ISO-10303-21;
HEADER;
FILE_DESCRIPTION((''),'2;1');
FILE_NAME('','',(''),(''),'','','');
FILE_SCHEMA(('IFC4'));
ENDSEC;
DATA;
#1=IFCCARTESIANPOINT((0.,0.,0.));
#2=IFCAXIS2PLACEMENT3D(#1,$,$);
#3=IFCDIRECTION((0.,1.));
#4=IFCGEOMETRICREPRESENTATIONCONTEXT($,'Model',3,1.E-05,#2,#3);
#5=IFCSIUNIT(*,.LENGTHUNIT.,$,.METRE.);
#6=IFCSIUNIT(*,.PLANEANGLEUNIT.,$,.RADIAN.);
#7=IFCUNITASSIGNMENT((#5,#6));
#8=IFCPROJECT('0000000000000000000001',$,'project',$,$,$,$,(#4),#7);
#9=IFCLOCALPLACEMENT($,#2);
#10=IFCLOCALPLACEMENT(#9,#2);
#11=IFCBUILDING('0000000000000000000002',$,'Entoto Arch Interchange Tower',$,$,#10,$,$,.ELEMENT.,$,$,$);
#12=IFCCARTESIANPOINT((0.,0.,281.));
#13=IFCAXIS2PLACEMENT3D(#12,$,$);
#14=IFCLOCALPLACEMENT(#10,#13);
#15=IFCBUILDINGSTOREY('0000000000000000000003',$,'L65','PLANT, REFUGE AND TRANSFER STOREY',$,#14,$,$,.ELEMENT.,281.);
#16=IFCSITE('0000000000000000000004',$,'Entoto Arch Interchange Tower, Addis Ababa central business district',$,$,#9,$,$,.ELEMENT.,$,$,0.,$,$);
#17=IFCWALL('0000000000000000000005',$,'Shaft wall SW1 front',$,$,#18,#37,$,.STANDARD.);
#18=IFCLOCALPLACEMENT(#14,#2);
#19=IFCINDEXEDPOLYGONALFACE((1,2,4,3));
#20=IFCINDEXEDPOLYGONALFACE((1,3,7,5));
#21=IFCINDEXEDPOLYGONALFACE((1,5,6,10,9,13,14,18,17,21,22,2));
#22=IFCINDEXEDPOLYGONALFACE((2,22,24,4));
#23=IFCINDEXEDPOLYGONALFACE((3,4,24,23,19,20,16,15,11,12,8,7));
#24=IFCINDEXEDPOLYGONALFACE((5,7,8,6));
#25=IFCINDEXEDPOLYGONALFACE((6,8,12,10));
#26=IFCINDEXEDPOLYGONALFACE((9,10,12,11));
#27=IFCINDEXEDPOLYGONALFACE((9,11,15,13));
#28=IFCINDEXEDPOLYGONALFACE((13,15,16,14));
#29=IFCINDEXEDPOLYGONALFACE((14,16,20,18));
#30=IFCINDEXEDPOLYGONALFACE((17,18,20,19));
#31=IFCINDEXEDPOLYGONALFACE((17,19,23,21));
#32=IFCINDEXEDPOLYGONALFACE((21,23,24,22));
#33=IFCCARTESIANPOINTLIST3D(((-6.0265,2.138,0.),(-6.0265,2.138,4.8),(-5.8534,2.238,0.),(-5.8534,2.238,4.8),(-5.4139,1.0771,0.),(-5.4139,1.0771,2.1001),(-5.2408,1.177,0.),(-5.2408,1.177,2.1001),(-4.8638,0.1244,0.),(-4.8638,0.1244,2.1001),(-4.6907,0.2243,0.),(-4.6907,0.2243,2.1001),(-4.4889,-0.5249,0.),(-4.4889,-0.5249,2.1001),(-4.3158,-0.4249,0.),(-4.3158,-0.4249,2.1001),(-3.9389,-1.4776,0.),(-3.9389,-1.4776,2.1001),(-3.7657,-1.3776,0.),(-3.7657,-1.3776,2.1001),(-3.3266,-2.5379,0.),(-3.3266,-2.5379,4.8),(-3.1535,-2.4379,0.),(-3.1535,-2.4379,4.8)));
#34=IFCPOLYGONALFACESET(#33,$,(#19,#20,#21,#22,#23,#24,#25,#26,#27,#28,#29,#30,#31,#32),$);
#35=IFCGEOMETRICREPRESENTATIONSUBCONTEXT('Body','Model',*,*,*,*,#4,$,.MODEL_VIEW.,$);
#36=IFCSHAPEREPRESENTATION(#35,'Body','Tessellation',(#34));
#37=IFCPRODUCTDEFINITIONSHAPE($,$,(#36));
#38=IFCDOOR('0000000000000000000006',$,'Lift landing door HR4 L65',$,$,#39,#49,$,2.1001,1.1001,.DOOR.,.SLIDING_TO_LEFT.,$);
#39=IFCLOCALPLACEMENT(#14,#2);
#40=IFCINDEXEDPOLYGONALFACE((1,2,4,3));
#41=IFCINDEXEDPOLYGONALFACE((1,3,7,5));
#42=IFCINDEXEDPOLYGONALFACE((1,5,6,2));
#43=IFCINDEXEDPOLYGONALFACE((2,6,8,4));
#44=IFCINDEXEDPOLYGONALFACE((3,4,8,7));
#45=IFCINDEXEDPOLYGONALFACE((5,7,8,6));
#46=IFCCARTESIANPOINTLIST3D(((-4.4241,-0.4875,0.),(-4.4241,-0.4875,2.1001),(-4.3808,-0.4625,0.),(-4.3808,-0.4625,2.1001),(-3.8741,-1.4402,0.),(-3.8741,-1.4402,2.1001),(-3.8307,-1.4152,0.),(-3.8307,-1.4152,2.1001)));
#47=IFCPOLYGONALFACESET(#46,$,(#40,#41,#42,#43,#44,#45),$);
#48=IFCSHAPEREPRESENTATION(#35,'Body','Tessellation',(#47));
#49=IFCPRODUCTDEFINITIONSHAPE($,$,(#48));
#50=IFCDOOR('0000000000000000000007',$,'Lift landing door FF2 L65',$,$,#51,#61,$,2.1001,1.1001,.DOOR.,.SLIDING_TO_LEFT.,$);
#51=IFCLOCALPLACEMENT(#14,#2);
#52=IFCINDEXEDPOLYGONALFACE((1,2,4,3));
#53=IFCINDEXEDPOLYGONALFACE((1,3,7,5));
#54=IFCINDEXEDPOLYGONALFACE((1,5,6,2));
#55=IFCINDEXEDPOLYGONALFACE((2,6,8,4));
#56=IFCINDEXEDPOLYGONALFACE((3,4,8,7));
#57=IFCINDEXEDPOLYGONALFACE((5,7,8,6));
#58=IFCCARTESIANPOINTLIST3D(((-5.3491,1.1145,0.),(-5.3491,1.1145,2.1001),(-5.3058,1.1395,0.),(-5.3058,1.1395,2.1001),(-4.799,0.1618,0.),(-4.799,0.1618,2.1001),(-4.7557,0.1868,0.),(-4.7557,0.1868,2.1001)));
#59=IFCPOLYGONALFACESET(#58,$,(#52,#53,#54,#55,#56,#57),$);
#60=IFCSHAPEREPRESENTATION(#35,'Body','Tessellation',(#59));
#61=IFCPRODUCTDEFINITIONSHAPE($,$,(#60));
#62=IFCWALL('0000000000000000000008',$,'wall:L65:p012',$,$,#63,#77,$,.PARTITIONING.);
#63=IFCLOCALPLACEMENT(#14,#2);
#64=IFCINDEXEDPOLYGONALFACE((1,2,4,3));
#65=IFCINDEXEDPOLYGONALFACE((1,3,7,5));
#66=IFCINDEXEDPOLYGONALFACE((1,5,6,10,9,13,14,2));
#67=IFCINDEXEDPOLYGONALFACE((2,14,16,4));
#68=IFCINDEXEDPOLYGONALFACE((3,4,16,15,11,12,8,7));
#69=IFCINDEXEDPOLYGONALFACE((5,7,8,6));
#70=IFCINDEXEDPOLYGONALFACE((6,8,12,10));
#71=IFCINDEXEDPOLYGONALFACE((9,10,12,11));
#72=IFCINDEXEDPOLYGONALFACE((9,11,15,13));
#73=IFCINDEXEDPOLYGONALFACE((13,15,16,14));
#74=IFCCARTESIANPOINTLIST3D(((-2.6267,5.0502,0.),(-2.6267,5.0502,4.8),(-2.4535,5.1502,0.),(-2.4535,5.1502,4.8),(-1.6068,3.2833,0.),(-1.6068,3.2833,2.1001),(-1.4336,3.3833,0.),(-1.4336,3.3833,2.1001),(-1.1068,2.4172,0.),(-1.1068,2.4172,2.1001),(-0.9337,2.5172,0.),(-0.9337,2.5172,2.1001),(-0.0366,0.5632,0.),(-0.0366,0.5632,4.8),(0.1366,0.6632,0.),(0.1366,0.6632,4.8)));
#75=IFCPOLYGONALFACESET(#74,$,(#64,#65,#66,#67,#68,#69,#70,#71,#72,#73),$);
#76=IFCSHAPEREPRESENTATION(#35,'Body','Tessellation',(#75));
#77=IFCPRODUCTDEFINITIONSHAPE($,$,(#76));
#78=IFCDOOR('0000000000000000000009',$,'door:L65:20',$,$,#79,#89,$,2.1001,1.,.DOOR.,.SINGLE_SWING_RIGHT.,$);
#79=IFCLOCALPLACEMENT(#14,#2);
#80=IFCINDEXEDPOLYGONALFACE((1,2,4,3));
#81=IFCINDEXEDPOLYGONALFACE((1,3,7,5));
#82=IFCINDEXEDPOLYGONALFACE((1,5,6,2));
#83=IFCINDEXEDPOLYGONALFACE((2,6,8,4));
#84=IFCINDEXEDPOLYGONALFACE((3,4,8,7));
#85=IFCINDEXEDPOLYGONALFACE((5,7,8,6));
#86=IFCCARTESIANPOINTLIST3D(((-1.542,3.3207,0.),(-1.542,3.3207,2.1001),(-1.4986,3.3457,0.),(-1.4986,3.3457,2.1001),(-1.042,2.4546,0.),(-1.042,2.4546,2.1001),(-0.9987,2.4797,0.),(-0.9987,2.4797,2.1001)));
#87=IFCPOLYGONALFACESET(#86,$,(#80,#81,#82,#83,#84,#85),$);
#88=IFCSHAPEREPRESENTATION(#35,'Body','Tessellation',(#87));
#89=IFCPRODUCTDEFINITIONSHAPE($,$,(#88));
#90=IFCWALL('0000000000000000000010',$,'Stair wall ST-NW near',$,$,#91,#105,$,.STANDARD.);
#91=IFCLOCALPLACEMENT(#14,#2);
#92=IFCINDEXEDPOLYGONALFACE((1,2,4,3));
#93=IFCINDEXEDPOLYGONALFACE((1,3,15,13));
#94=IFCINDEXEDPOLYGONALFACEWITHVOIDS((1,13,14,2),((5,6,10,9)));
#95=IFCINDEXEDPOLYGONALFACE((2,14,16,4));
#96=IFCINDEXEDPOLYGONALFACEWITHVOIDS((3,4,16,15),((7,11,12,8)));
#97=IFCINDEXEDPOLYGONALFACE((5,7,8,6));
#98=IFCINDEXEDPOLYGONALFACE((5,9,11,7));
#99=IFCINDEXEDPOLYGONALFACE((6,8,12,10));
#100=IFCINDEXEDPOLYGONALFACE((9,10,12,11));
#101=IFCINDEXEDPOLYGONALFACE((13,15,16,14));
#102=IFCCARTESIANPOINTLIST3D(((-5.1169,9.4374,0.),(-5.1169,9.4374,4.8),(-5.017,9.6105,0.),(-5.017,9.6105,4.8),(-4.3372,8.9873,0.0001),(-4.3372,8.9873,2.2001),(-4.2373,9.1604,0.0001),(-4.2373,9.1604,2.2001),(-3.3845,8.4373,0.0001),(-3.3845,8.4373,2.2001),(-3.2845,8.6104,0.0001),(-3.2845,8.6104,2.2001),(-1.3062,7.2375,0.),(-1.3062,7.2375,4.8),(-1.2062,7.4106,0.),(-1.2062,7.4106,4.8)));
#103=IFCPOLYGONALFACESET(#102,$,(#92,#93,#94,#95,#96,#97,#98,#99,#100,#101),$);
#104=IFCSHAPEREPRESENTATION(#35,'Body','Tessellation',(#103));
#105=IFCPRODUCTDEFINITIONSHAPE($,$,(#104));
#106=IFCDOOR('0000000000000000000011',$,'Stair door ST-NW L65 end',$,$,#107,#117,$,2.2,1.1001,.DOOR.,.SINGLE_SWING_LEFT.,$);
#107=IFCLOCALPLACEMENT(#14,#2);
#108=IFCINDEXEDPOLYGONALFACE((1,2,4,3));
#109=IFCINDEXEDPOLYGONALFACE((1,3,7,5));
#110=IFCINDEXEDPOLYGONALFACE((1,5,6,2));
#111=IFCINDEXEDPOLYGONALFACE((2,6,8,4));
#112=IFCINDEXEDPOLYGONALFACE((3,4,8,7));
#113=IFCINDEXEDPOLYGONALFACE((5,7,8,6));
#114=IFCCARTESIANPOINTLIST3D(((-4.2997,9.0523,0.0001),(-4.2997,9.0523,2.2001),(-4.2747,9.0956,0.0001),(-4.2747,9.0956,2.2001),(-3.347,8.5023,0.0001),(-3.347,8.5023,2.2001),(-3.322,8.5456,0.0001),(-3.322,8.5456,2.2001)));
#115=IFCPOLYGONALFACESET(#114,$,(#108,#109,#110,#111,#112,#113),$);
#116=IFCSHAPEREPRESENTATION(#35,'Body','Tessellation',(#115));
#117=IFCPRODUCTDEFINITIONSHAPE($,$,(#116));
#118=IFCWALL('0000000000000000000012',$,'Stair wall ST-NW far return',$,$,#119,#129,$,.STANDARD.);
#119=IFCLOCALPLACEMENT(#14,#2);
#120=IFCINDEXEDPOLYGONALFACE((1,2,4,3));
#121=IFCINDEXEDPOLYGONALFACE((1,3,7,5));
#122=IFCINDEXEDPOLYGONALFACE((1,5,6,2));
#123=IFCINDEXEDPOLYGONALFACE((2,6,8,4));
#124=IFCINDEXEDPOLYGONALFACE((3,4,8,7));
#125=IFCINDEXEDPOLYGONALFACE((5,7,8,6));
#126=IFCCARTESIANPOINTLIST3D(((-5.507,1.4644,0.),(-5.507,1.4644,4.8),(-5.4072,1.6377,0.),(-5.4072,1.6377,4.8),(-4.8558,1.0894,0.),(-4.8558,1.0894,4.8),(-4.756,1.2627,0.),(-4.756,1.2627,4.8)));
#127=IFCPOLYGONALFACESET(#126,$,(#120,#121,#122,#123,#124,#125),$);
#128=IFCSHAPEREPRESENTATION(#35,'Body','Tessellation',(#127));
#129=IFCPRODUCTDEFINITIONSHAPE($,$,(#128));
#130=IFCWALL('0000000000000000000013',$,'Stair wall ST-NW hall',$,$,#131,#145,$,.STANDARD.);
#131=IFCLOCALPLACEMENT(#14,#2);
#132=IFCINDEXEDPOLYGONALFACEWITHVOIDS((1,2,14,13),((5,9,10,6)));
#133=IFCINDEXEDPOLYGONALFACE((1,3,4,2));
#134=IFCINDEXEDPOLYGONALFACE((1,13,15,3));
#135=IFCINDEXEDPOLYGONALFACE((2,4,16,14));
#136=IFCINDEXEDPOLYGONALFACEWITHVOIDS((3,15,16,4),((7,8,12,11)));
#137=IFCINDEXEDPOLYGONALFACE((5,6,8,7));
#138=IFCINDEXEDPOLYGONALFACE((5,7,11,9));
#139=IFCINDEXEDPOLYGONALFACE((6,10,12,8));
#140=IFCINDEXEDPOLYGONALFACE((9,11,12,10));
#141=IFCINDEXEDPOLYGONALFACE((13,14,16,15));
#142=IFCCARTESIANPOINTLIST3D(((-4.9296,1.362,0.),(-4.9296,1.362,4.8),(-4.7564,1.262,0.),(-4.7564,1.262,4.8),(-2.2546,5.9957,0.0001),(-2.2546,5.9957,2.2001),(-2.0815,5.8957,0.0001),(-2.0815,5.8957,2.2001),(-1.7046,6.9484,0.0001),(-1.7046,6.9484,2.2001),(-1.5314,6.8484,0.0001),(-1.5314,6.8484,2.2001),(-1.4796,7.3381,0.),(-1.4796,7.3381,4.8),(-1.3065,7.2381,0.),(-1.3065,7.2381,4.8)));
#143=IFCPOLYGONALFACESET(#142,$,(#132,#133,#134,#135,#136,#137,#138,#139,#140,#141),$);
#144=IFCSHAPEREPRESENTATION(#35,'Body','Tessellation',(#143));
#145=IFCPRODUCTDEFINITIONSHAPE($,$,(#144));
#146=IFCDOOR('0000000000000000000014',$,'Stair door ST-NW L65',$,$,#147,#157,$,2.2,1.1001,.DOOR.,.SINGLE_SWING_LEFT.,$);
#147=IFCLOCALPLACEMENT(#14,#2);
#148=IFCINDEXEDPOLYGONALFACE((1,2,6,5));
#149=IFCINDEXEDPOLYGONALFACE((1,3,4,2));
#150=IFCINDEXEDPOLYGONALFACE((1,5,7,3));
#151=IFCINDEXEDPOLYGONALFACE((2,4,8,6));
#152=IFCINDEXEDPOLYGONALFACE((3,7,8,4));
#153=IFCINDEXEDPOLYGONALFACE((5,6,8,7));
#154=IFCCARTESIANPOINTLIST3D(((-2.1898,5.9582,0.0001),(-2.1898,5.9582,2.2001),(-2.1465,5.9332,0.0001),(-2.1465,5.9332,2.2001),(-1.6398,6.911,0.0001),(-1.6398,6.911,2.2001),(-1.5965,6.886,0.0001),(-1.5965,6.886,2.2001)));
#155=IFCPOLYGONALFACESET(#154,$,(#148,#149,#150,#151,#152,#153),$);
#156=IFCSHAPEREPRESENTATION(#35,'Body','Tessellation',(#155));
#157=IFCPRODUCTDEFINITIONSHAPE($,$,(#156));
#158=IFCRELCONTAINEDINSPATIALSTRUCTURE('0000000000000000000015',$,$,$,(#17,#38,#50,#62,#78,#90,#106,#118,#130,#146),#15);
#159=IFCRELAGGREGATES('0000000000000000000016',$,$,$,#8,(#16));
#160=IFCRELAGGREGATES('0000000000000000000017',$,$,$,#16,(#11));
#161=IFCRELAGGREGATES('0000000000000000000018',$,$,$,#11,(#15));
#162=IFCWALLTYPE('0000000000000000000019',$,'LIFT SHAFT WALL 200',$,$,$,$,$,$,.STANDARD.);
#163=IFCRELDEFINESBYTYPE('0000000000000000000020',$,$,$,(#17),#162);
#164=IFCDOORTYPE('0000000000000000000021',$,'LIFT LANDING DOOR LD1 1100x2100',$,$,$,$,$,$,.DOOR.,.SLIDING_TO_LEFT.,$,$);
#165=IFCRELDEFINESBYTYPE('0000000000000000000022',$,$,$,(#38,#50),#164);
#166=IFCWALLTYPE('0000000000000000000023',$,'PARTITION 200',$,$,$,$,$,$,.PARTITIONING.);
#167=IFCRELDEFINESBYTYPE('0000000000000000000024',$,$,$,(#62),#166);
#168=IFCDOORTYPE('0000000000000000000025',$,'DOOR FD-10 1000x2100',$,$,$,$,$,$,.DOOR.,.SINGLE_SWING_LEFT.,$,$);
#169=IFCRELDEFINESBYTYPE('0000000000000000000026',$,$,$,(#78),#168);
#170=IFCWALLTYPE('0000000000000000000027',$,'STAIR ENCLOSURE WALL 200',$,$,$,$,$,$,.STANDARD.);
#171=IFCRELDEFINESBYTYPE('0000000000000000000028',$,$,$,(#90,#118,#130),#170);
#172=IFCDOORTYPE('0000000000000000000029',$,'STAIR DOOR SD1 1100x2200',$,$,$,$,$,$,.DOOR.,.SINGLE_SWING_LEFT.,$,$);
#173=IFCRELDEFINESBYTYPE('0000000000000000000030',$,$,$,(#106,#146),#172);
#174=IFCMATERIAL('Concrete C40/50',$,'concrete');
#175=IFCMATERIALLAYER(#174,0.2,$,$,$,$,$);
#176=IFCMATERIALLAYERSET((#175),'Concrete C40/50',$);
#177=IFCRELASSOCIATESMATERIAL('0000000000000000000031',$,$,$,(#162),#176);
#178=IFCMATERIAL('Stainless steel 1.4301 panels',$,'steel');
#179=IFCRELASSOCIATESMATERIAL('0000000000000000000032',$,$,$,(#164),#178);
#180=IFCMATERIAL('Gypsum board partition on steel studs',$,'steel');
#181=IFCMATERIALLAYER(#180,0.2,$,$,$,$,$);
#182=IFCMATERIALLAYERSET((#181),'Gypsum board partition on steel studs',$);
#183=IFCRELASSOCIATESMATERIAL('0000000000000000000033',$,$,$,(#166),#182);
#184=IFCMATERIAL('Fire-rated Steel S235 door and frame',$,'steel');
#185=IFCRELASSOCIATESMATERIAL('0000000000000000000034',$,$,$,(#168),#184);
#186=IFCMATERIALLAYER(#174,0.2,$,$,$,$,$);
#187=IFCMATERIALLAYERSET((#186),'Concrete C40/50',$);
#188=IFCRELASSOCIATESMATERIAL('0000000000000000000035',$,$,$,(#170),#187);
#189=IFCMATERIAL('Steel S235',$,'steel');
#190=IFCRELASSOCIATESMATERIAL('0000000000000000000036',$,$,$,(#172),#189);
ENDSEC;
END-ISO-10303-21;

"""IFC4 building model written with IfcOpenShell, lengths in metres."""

from ifc_helpers import new_model, si_unit, direction, frame, frame_2d, origin, place, context, subcontext, project, spatial, rectangle, extrude, material, layer, layer_set, type_object, element, fill, save


model = new_model("IFC4")

# Units and contexts
model_context = context("Model", 3, precision=1e-05, world=origin(), true_north=direction((0.0, 1.0)))
body_context = subcontext(model_context, "Body", "Model", "MODEL_VIEW")
ifc_project = project(units=[si_unit("LENGTHUNIT", "METRE"), si_unit("PLANEANGLEUNIT", "RADIAN")], contexts=[model_context])

# Site, building, storey
site_placement = place(None, origin())
site = spatial("IfcSite", under=ifc_project, at=site_placement, Name="Entoto Arch Interchange Tower, Addis Ababa central business district", CompositionType="ELEMENT", RefElevation=0.0)
building_placement = place(site_placement, origin())
building = spatial("IfcBuilding", under=site, at=building_placement, Name="Entoto Arch Interchange Tower", CompositionType="ELEMENT")
storey_placement = place(building_placement, frame((0.0, 0.0, 281.0)))
storey = spatial("IfcBuildingStorey", under=building, at=storey_placement, Name="L65", Description="PLANT, REFUGE AND TRANSFER STOREY", CompositionType="ELEMENT", Elevation=281.0)

# Wall, openings, doors
ifc_material_1 = material(Name="Concrete C40/50", Category="concrete")
ifc_layer_1 = layer(ifc_material_1, 0.2)
ifc_layer_set_1 = layer_set([ifc_layer_1], Name="Concrete C40/50")
wall_type_1 = type_object("IfcWallType", Name="LIFT SHAFT WALL 200", PredefinedType="STANDARD", material=ifc_layer_set_1)
wall_1_placement = place(storey_placement, frame((-5.9399, 2.188, 0.0), z_axis=(0.0, 0.0, 1.0), x_axis=(0.500034, -0.866006, 0.0)))
wall_1 = element("IfcWall", 1, at=wall_1_placement, inside=storey, type_object=wall_type_1, Name="Shaft wall SW1 front", PredefinedType="STANDARD", context=body_context, shape_type="SweptSolid", body=[
    extrude(rectangle(XDim=5.3994, YDim=0.2, at=frame_2d((2.6997, 0.0))), origin(), (0.0, 0.0, 1.0), 4.8),
])
opening_1_placement = place(wall_1_placement, frame((3.075, 0.0, 0.0)))
opening_1 = element("IfcOpeningElement", 2, at=opening_1_placement, cuts=wall_1, PredefinedType="OPENING", context=body_context, shape_type="SweptSolid", body=[
    extrude(rectangle(XDim=1.1001, YDim=2.1001, at=frame_2d((0.55, 1.05))), frame((0.0, 0.1099, 0.0), z_axis=(0.0, -1.0, 0.0), x_axis=(1.0, 0.0, 0.0)), (0.0, 0.0, 1.0), 0.22),
])
opening_2_placement = place(wall_1_placement, frame((1.2251, 0.0, 0.0)))
opening_2 = element("IfcOpeningElement", 3, at=opening_2_placement, cuts=wall_1, PredefinedType="OPENING", context=body_context, shape_type="SweptSolid", body=[
    extrude(rectangle(XDim=1.1001, YDim=2.1001, at=frame_2d((0.55, 1.05))), frame((0.0, 0.1099, 0.0), z_axis=(0.0, -1.0, 0.0), x_axis=(1.0, 0.0, 0.0)), (0.0, 0.0, 1.0), 0.22),
])
ifc_material_2 = material(Name="Stainless steel 1.4301 panels", Category="steel")
door_type_1 = type_object("IfcDoorType", Name="LIFT LANDING DOOR LD1 1100x2100", OperationType="SLIDING_TO_LEFT", PredefinedType="DOOR", material=ifc_material_2)
door_1_placement = place(opening_1_placement, origin())
door_1 = element("IfcDoor", 4, at=door_1_placement, inside=storey, type_object=door_type_1, Name="Lift landing door HR4 L65", OperationType="SLIDING_TO_LEFT", OverallHeight=2.1001, OverallWidth=1.1001, PredefinedType="DOOR", context=body_context, shape_type="SweptSolid", body=[
    extrude(rectangle(XDim=1.1001, YDim=2.1001, at=frame_2d((0.55, 1.05))), frame((0.0, 0.0249, 0.0), z_axis=(0.0, -1.0, 0.0), x_axis=(1.0, 0.0, 0.0)), (0.0, 0.0, 1.0), 0.05),
])
fill(opening_1, door_1)
door_2_placement = place(opening_2_placement, origin())
door_2 = element("IfcDoor", 5, at=door_2_placement, inside=storey, type_object=door_type_1, Name="Lift landing door FF2 L65", OperationType="SLIDING_TO_LEFT", OverallHeight=2.1001, OverallWidth=1.1001, PredefinedType="DOOR", context=body_context, shape_type="SweptSolid", body=[
    extrude(rectangle(XDim=1.1001, YDim=2.1001, at=frame_2d((0.55, 1.05))), frame((0.0, 0.0249, 0.0), z_axis=(0.0, -1.0, 0.0), x_axis=(1.0, 0.0, 0.0)), (0.0, 0.0, 1.0), 0.05),
])
fill(opening_2, door_2)

# Walls, openings, doors
ifc_material_3 = material(Name="Gypsum board partition on steel studs", Category="steel")
ifc_layer_2 = layer(ifc_material_3, 0.2)
ifc_layer_set_2 = layer_set([ifc_layer_2], Name="Gypsum board partition on steel studs")
wall_type_2 = type_object("IfcWallType", Name="PARTITION 200", PredefinedType="PARTITIONING", material=ifc_layer_set_2)
wall_2_placement = place(storey_placement, frame((-2.54, 5.1001, 0.0), z_axis=(0.0, 0.0, 1.0), x_axis=(0.499925, -0.866069, 0.0)))
wall_2 = element("IfcWall", 6, at=wall_2_placement, inside=storey, type_object=wall_type_2, Name="wall:L65:p012", PredefinedType="PARTITIONING", context=body_context, shape_type="SweptSolid", body=[
    extrude(rectangle(XDim=5.1809, YDim=0.2, at=frame_2d((2.5903, 0.0))), origin(), (0.0, 0.0, 1.0), 4.8),
])
opening_3_placement = place(wall_2_placement, frame((2.04, 0.0, 0.0)))
opening_3 = element("IfcOpeningElement", 7, at=opening_3_placement, cuts=wall_2, PredefinedType="OPENING", context=body_context, shape_type="SweptSolid", body=[
    extrude(rectangle(XDim=1.0, YDim=2.1001, at=frame_2d((0.5, 1.05))), frame((0.0, 0.1099, 0.0), z_axis=(0.0, -1.0, 0.0), x_axis=(1.0, 0.0, 0.0)), (0.0, 0.0, 1.0), 0.22),
])
ifc_material_4 = material(Name="Fire-rated Steel S235 door and frame", Category="steel")
door_type_2 = type_object("IfcDoorType", Name="DOOR FD-10 1000x2100", OperationType="SINGLE_SWING_LEFT", PredefinedType="DOOR", material=ifc_material_4)
door_3_placement = place(opening_3_placement, origin())
door_3 = element("IfcDoor", 8, at=door_3_placement, inside=storey, type_object=door_type_2, Name="door:L65:20", OperationType="SINGLE_SWING_RIGHT", OverallHeight=2.1001, OverallWidth=1.0, PredefinedType="DOOR", context=body_context, shape_type="SweptSolid", body=[
    extrude(rectangle(XDim=1.0, YDim=2.1001, at=frame_2d((0.5, 1.05))), frame((0.0, 0.0249, 0.0), z_axis=(0.0, -1.0, 0.0), x_axis=(1.0, 0.0, 0.0)), (0.0, 0.0, 1.0), 0.05),
])
fill(opening_3, door_3)
ifc_layer_3 = layer(ifc_material_1, 0.2)
ifc_layer_set_3 = layer_set([ifc_layer_3], Name="Concrete C40/50")
wall_type_3 = type_object("IfcWallType", Name="STAIR ENCLOSURE WALL 200", PredefinedType="STANDARD", material=ifc_layer_set_3)
wall_3_placement = place(storey_placement, frame((-1.2561, 7.324, 0.0), z_axis=(0.0, 0.0, 1.0), x_axis=(-0.866046, 0.499964, 0.0)))
wall_3 = element("IfcWall", 9, at=wall_3_placement, inside=storey, type_object=wall_type_3, Name="Stair wall ST-NW near", PredefinedType="STANDARD", context=body_context, shape_type="SweptSolid", body=[
    extrude(rectangle(XDim=4.4001, YDim=0.2, at=frame_2d((2.2002, 0.0))), origin(), (0.0, 0.0, 1.0), 4.8),
])
opening_4_placement = place(wall_3_placement, frame((2.3999, 0.0, 0.0)))
opening_4 = element("IfcOpeningElement", 10, at=opening_4_placement, cuts=wall_3, PredefinedType="OPENING", context=body_context, shape_type="SweptSolid", body=[
    extrude(rectangle(XDim=1.1001, YDim=2.2, at=frame_2d((0.55, 1.1001))), frame((0.0, 0.1099, 0.0), z_axis=(0.0, -1.0, 0.0), x_axis=(1.0, 0.0, 0.0)), (0.0, 0.0, 1.0), 0.22),
])
ifc_material_5 = material(Name="Steel S235", Category="steel")
door_type_3 = type_object("IfcDoorType", Name="STAIR DOOR SD1 1100x2200", OperationType="SINGLE_SWING_LEFT", PredefinedType="DOOR", material=ifc_material_5)
door_4_placement = place(opening_4_placement, origin())
door_4 = element("IfcDoor", 11, at=door_4_placement, inside=storey, type_object=door_type_3, Name="Stair door ST-NW L65 end", OperationType="SINGLE_SWING_LEFT", OverallHeight=2.2, OverallWidth=1.1001, PredefinedType="DOOR", context=body_context, shape_type="SweptSolid", body=[
    extrude(rectangle(XDim=1.1001, YDim=2.2, at=frame_2d((0.55, 1.1001))), frame((0.0, 0.0249, 0.0), z_axis=(0.0, -1.0, 0.0), x_axis=(1.0, 0.0, 0.0)), (0.0, 0.0, 1.0), 0.05),
])
fill(opening_4, door_4)

# Wall
wall_4_placement = place(storey_placement, frame((-4.8059, 1.176, 0.0), z_axis=(0.0, 0.0, 1.0), x_axis=(-0.866559, 0.499075, 0.0)))
element("IfcWall", 12, at=wall_4_placement, inside=storey, type_object=wall_type_3, Name="Stair wall ST-NW far return", PredefinedType="STANDARD", context=body_context, shape_type="SweptSolid", body=[
    extrude(rectangle(XDim=0.7515, YDim=0.2, at=frame_2d((0.3757, 0.0))), origin(), (0.0, 0.0, 1.0), 4.8),
])

# Wall, opening, door
wall_5_placement = place(storey_placement, frame((-1.3931, 7.2881, 0.0), z_axis=(0.0, 0.0, 1.0), x_axis=(-0.499963, -0.866047, 0.0)))
wall_5 = element("IfcWall", 13, at=wall_5_placement, inside=storey, type_object=wall_type_3, Name="Stair wall ST-NW hall", PredefinedType="STANDARD", context=body_context, shape_type="SweptSolid", body=[
    extrude(rectangle(XDim=6.9004, YDim=0.2, at=frame_2d((3.4502, 0.0))), origin(), (0.0, 0.0, 1.0), 4.8),
])
opening_5_placement = place(wall_5_placement, frame((0.45, 0.0, 0.0)))
opening_5 = element("IfcOpeningElement", 14, at=opening_5_placement, cuts=wall_5, PredefinedType="OPENING", context=body_context, shape_type="SweptSolid", body=[
    extrude(rectangle(XDim=1.1001, YDim=2.2, at=frame_2d((0.55, 1.1001))), frame((0.0, 0.1099, 0.0), z_axis=(0.0, -1.0, 0.0), x_axis=(1.0, 0.0, 0.0)), (0.0, 0.0, 1.0), 0.22),
])
door_5_placement = place(opening_5_placement, origin())
door_5 = element("IfcDoor", 15, at=door_5_placement, inside=storey, type_object=door_type_3, Name="Stair door ST-NW L65", OperationType="SINGLE_SWING_LEFT", OverallHeight=2.2, OverallWidth=1.1001, PredefinedType="DOOR", context=body_context, shape_type="SweptSolid", body=[
    extrude(rectangle(XDim=1.1001, YDim=2.2, at=frame_2d((0.55, 1.1001))), frame((0.0, 0.0249, 0.0), z_axis=(0.0, -1.0, 0.0), x_axis=(1.0, 0.0, 0.0)), (0.0, 0.0, 1.0), 0.05),
])
fill(opening_5, door_5)

save(model, "model.ifc")
